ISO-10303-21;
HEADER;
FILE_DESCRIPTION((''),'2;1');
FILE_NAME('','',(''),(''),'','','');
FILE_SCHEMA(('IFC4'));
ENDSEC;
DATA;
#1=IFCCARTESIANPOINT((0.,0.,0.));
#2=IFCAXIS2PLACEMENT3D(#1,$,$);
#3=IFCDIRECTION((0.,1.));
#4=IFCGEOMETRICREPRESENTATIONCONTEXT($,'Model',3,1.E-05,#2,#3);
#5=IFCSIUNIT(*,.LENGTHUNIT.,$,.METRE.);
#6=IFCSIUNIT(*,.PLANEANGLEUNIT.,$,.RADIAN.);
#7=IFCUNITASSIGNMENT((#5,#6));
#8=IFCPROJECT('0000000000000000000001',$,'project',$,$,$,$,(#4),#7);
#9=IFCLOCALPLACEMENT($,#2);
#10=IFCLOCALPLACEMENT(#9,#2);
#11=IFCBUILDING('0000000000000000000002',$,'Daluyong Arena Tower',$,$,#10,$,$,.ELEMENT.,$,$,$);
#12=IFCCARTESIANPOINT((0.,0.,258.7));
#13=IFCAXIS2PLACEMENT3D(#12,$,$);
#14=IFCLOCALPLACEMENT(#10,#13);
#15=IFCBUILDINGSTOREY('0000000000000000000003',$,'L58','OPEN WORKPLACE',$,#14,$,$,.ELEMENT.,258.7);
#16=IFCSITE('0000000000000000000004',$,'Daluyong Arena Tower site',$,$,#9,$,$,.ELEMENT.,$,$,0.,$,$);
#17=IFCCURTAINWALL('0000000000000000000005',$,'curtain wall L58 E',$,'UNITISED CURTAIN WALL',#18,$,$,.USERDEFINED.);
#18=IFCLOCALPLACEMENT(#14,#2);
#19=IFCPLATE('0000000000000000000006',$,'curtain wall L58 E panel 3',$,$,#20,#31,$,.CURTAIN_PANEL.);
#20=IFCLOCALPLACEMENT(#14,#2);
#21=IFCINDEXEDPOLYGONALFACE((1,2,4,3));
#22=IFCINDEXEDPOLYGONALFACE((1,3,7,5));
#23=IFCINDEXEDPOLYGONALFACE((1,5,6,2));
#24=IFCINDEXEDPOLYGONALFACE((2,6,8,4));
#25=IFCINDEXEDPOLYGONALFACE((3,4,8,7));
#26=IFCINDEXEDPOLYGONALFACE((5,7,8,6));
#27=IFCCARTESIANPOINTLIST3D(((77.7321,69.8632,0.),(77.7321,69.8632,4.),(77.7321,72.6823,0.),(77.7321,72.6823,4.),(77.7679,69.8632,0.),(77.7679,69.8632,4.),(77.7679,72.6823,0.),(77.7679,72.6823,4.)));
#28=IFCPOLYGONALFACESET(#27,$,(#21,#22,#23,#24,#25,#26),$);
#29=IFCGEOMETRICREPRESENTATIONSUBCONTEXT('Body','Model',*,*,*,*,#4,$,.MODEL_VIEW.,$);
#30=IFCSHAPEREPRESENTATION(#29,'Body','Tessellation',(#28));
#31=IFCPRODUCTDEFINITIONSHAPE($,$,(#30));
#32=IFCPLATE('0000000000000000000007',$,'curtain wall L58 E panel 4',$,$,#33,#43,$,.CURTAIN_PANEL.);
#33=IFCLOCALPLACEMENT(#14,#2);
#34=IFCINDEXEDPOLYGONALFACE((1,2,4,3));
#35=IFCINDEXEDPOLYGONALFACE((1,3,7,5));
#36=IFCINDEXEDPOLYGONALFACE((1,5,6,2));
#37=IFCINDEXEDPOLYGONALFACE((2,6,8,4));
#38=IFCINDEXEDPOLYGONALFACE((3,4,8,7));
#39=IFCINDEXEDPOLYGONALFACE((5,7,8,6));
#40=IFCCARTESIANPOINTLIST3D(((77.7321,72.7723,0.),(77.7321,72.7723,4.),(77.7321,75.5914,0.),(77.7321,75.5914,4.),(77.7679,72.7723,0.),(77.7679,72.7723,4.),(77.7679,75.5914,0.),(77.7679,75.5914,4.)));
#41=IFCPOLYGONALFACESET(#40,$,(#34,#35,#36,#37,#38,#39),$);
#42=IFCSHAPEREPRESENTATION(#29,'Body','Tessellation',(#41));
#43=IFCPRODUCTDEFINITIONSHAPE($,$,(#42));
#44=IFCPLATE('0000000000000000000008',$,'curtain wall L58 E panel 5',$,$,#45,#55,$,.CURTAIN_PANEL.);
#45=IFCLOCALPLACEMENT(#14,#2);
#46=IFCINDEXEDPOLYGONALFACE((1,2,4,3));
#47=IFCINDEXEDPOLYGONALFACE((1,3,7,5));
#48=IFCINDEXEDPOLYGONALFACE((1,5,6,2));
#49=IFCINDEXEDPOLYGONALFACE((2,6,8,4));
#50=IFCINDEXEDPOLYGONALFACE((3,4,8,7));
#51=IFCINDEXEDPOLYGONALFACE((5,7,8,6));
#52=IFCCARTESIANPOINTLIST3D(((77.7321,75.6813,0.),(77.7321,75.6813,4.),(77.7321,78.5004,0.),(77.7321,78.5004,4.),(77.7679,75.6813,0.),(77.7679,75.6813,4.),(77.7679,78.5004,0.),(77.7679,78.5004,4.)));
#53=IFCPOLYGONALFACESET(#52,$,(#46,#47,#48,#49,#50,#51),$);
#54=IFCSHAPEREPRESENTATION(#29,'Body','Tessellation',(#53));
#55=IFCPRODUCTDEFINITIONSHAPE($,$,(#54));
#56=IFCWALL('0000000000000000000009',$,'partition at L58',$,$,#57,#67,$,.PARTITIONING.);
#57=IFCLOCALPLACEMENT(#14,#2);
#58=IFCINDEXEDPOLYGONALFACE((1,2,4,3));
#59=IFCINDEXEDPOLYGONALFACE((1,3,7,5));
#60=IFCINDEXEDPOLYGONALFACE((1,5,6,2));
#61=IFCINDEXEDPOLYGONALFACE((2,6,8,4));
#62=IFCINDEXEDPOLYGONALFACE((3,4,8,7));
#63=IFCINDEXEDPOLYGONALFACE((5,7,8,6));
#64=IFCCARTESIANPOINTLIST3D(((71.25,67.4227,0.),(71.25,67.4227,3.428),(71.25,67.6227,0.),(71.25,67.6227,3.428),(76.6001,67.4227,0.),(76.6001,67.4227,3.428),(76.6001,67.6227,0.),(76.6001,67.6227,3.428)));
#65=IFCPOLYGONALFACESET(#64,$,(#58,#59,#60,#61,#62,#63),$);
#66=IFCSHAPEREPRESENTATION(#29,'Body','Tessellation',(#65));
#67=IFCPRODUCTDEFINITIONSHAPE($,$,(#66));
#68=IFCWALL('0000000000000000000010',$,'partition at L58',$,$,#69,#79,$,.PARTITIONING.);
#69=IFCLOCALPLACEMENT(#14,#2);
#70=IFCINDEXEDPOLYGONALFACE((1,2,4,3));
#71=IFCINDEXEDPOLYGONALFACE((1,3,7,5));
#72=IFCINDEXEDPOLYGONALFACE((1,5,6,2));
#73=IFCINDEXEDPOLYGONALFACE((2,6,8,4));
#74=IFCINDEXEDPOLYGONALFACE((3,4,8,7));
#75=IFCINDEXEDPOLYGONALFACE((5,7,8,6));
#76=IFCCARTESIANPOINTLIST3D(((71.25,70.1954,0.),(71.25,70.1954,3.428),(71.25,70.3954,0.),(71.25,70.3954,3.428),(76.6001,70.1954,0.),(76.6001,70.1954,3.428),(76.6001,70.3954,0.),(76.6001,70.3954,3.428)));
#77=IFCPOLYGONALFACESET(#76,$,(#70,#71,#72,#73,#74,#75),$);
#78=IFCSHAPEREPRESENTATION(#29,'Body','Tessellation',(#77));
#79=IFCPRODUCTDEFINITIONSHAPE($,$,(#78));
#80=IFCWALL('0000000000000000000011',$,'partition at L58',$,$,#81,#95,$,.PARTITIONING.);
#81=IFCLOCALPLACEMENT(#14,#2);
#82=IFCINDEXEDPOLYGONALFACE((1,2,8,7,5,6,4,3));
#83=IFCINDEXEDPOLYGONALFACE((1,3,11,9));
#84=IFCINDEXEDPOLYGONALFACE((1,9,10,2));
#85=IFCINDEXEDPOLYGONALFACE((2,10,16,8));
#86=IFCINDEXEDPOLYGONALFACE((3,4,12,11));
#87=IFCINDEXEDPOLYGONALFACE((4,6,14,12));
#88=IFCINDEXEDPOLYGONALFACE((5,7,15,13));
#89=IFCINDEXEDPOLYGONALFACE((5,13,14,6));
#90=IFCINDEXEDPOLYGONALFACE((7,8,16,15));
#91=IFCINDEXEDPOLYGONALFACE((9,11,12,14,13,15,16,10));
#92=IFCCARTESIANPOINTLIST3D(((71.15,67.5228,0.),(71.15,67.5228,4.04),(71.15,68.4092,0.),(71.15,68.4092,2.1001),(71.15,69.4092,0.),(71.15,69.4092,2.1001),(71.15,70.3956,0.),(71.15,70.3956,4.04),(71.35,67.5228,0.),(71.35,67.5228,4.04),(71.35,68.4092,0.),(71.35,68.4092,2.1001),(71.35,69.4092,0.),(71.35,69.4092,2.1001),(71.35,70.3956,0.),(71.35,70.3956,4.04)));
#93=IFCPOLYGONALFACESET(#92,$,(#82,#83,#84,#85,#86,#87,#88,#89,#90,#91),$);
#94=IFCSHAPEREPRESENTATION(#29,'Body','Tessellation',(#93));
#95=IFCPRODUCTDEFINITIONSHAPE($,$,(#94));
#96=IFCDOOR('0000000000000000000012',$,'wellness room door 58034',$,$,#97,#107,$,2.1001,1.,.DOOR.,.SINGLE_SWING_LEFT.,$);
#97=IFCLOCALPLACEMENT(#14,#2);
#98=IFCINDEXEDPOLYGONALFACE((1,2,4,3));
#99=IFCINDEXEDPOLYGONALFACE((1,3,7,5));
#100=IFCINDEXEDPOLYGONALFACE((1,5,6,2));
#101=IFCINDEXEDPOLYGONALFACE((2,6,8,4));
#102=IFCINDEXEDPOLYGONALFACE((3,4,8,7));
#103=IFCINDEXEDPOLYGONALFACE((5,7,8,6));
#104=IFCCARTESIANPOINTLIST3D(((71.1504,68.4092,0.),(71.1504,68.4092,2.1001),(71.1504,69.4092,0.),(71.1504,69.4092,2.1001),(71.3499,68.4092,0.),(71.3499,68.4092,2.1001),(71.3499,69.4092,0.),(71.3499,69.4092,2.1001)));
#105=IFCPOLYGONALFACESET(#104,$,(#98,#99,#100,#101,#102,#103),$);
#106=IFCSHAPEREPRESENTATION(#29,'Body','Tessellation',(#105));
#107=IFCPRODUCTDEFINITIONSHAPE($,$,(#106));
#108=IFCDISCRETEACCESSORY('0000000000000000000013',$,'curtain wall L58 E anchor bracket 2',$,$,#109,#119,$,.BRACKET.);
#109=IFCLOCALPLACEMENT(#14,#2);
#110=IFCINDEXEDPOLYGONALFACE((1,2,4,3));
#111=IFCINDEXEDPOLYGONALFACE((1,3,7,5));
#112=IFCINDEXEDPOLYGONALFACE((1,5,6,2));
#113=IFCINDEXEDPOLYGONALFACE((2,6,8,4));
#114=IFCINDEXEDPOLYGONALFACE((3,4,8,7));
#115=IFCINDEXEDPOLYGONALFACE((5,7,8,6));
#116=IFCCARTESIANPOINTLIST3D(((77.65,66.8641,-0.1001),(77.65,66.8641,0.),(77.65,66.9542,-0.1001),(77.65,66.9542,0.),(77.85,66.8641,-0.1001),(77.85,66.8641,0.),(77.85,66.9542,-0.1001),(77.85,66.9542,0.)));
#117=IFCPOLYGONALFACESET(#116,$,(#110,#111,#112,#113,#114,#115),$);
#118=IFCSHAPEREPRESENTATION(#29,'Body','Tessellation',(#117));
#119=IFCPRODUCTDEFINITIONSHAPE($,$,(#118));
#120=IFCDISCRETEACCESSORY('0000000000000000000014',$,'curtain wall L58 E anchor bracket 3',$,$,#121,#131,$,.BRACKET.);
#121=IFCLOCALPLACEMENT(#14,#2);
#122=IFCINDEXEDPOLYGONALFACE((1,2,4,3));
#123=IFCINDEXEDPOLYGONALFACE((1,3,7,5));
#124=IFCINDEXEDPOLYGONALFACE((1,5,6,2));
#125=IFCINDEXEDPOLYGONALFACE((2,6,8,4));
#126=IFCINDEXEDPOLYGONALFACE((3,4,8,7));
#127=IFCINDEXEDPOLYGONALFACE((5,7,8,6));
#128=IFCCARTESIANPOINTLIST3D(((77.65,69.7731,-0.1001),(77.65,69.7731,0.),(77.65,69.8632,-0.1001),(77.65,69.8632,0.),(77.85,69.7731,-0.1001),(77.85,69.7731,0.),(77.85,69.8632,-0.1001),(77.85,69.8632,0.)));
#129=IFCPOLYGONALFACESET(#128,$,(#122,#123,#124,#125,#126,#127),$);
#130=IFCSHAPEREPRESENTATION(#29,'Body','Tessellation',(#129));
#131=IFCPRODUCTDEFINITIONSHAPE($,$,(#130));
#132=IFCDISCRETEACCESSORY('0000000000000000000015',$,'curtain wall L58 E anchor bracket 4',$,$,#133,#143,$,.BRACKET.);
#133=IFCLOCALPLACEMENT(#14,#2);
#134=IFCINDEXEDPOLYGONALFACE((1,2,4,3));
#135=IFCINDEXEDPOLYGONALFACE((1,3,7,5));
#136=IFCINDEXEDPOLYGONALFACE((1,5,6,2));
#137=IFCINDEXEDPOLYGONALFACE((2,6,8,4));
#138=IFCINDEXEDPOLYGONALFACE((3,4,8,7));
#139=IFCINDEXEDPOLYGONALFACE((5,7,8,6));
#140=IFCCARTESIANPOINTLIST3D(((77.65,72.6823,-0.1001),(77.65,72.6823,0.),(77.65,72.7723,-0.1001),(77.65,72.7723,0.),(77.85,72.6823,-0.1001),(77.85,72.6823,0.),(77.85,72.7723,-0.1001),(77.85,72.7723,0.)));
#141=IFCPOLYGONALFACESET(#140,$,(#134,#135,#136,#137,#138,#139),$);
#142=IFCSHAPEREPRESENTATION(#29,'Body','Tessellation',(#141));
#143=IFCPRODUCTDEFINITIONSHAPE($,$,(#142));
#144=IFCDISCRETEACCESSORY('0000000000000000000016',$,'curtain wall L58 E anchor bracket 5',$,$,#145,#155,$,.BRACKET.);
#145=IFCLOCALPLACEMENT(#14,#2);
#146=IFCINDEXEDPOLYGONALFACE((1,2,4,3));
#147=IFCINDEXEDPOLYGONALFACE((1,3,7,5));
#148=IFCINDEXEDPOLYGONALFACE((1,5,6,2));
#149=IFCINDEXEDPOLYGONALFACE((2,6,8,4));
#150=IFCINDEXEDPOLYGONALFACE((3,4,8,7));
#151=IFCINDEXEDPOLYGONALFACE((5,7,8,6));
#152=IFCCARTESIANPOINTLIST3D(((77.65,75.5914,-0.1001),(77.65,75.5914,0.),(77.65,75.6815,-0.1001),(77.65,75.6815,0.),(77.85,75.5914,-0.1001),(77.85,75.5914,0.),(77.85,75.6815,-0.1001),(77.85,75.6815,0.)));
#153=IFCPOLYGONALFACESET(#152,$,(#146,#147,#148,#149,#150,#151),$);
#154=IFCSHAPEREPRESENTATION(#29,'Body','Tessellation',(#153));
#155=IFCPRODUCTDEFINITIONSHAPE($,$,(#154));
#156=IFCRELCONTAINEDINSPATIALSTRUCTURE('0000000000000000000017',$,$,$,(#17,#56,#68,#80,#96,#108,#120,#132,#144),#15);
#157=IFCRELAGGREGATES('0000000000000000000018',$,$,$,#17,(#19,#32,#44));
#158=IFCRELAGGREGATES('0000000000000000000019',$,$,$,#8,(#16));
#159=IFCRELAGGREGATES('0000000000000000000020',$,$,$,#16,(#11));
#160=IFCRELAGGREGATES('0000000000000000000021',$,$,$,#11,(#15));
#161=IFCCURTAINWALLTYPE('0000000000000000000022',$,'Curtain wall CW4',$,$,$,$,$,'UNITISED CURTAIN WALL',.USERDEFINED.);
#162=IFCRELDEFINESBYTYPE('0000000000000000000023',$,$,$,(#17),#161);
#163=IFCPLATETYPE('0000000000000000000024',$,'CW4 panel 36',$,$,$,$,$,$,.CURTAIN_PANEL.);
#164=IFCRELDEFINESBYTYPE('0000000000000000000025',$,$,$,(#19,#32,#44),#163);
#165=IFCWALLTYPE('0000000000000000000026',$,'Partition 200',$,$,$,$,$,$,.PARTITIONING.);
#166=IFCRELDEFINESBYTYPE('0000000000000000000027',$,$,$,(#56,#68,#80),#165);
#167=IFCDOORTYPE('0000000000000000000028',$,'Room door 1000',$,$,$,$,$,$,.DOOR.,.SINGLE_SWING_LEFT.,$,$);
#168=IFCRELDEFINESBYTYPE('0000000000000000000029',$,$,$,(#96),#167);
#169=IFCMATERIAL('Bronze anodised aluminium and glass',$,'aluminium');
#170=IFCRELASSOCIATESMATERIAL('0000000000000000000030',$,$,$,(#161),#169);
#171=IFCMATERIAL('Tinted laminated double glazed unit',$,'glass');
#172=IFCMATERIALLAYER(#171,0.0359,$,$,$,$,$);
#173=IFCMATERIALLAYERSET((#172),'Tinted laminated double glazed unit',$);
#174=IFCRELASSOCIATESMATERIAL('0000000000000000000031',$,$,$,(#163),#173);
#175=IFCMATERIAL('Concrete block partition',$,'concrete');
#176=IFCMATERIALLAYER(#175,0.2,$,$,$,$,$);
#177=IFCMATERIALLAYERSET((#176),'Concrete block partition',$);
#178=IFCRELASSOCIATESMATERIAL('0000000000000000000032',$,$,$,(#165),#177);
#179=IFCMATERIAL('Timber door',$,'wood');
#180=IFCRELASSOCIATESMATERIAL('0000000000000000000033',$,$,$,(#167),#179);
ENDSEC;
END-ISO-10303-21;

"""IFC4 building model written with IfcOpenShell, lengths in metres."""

from ifc_helpers import new_model, si_unit, direction, frame, frame_2d, origin, origin_2d, place, context, subcontext, project, spatial, rectangle, extrude, material, layer, layer_set, type_object, element, fill, aggregate, save


model = new_model("IFC4")

# Units and contexts
model_context = context("Model", 3, precision=1e-05, world=origin(), true_north=direction((0.0, 1.0)))
body_context = subcontext(model_context, "Body", "Model", "MODEL_VIEW")
ifc_project = project(units=[si_unit("LENGTHUNIT", "METRE"), si_unit("PLANEANGLEUNIT", "RADIAN")], contexts=[model_context])

# Site, building, storey
site_placement = place(None, origin())
site = spatial("IfcSite", under=ifc_project, at=site_placement, Name="Daluyong Arena Tower site", CompositionType="ELEMENT", RefElevation=0.0)
building_placement = place(site_placement, origin())
building = spatial("IfcBuilding", under=site, at=building_placement, Name="Daluyong Arena Tower", CompositionType="ELEMENT")
storey_placement = place(building_placement, frame((0.0, 0.0, 258.7)))
storey = spatial("IfcBuildingStorey", under=building, at=storey_placement, Name="L58", Description="OPEN WORKPLACE", CompositionType="ELEMENT", Elevation=258.7)

# Curtain wall
ifc_material_1 = material(Name="Bronze anodised aluminium and glass", Category="aluminium")
curtain_wall_type = type_object("IfcCurtainWallType", Name="Curtain wall CW4", ElementType="UNITISED CURTAIN WALL", PredefinedType="USERDEFINED", material=ifc_material_1)
curtain_wall_placement = place(storey_placement, origin())
curtain_wall = element("IfcCurtainWall", 1, at=curtain_wall_placement, inside=storey, type_object=curtain_wall_type, Name="curtain wall L58 E", ObjectType="UNITISED CURTAIN WALL", PredefinedType="USERDEFINED")

# Plates
ifc_material_2 = material(Name="Tinted laminated double glazed unit", Category="glass")
ifc_layer_1 = layer(ifc_material_2, 0.0359)
ifc_layer_set_1 = layer_set([ifc_layer_1], Name="Tinted laminated double glazed unit")
plate_type = type_object("IfcPlateType", Name="CW4 panel 36", PredefinedType="CURTAIN_PANEL", material=ifc_layer_set_1)
plate_1_placement = place(storey_placement, frame((77.75, 71.2727, 0.0), z_axis=(0.0, 0.0, 1.0), x_axis=(0.0, 1.0, 0.0)))
plate_1 = element("IfcPlate", 2, at=plate_1_placement, type_object=plate_type, Name="curtain wall L58 E panel 3", PredefinedType="CURTAIN_PANEL", context=body_context, shape_type="SweptSolid", body=[
    extrude(rectangle(XDim=2.8191, YDim=0.0359, at=origin_2d()), origin(), (0.0, 0.0, 1.0), 4.0),
])
plate_2_placement = place(storey_placement, frame((77.75, 74.1819, 0.0), z_axis=(0.0, 0.0, 1.0), x_axis=(0.0, 1.0, 0.0)))
plate_2 = element("IfcPlate", 3, at=plate_2_placement, type_object=plate_type, Name="curtain wall L58 E panel 4", PredefinedType="CURTAIN_PANEL", context=body_context, shape_type="SweptSolid", body=[
    extrude(rectangle(XDim=2.8191, YDim=0.0359, at=origin_2d()), origin(), (0.0, 0.0, 1.0), 4.0),
])
plate_3_placement = place(storey_placement, frame((77.75, 77.0908, 0.0), z_axis=(0.0, 0.0, 1.0), x_axis=(0.0, 1.0, 0.0)))
plate_3 = element("IfcPlate", 4, at=plate_3_placement, type_object=plate_type, Name="curtain wall L58 E panel 5", PredefinedType="CURTAIN_PANEL", context=body_context, shape_type="SweptSolid", body=[
    extrude(rectangle(XDim=2.8191, YDim=0.0359, at=origin_2d()), origin(), (0.0, 0.0, 1.0), 4.0),
])
aggregate(curtain_wall, [plate_1, plate_2, plate_3])

# Walls
ifc_material_3 = material(Name="Concrete block partition", Category="concrete")
ifc_layer_2 = layer(ifc_material_3, 0.2)
ifc_layer_set_2 = layer_set([ifc_layer_2], Name="Concrete block partition")
wall_type_1 = type_object("IfcWallType", Name="Partition 200", PredefinedType="PARTITIONING", material=ifc_layer_set_2)
for number, where, z_axis, x_axis, name in (
    (5, (71.25, 67.5227, 0.0), (0.0, 0.0, 1.0), (1.0, 0.0, 0.0), "partition at L58"),
    (6, (71.25, 70.2954, 0.0), (0.0, 0.0, 1.0), (1.0, 0.0, 0.0), "partition at L58"),
):
    element("IfcWall", number, at=place(storey_placement, frame(where, z_axis=z_axis, x_axis=x_axis)), inside=storey, type_object=wall_type_1, Name=name, PredefinedType="PARTITIONING", context=body_context, shape_type="SweptSolid", body=[
        extrude(rectangle(XDim=5.3501, YDim=0.2, at=frame_2d((2.675, 0.0))), origin(), (0.0, 0.0, 1.0), 3.428),
    ])

# Wall, opening, door
wall_1_placement = place(storey_placement, frame((71.25, 67.5227, 0.0), z_axis=(0.0, 0.0, 1.0), x_axis=(0.0, 1.0, 0.0)))
wall_1 = element("IfcWall", 7, at=wall_1_placement, inside=storey, type_object=wall_type_1, Name="partition at L58", PredefinedType="PARTITIONING", context=body_context, shape_type="SweptSolid", body=[
    extrude(rectangle(XDim=2.8728, YDim=0.2, at=frame_2d((1.4365, 0.0))), origin(), (0.0, 0.0, 1.0), 4.04),
])
opening_1_placement = place(wall_1_placement, frame((0.8865, 0.0, 0.0)))
opening_1 = element("IfcOpeningElement", 8, at=opening_1_placement, cuts=wall_1, PredefinedType="OPENING", context=body_context, shape_type="SweptSolid", body=[
    extrude(rectangle(XDim=1.0, YDim=2.1001, at=frame_2d((0.5, 1.05))), frame((0.0, 0.1099, 0.0), z_axis=(0.0, -1.0, 0.0), x_axis=(1.0, 0.0, 0.0)), (0.0, 0.0, 1.0), 0.22),
])
ifc_material_4 = material(Name="Timber door", Category="wood")
door_type_1 = type_object("IfcDoorType", Name="Room door 1000", OperationType="SINGLE_SWING_LEFT", PredefinedType="DOOR", material=ifc_material_4)
door_1_placement = place(opening_1_placement, origin())
door_1 = element("IfcDoor", 9, at=door_1_placement, inside=storey, type_object=door_type_1, Name="wellness room door 58034", OperationType="SINGLE_SWING_LEFT", OverallHeight=2.1001, OverallWidth=1.0, PredefinedType="DOOR", context=body_context, shape_type="SweptSolid", body=[
    extrude(rectangle(XDim=1.0, YDim=2.1001, at=frame_2d((0.5, 1.05))), frame((0.0, 0.0996, 0.0), z_axis=(0.0, -1.0, 0.0), x_axis=(1.0, 0.0, 0.0)), (0.0, 0.0, 1.0), 0.1995),
])
fill(opening_1, door_1)

# Discrete accessories
for number, where, z_axis, x_axis, name in (
    (10, (77.75, 66.9092, -0.1001), (0.0, 0.0, 1.0), (0.0, 1.0, 0.0), "curtain wall L58 E anchor bracket 2"),
    (11, (77.75, 69.8181, -0.1001), (0.0, 0.0, 1.0), (0.0, 1.0, 0.0), "curtain wall L58 E anchor bracket 3"),
    (12, (77.75, 72.7273, -0.1001), (0.0, 0.0, 1.0), (0.0, 1.0, 0.0), "curtain wall L58 E anchor bracket 4"),
    (13, (77.75, 75.6365, -0.1001), (0.0, 0.0, 1.0), (0.0, 1.0, 0.0), "curtain wall L58 E anchor bracket 5"),
):
    element("IfcDiscreteAccessory", number, at=place(storey_placement, frame(where, z_axis=z_axis, x_axis=x_axis)), inside=storey, Name=name, PredefinedType="BRACKET", context=body_context, shape_type="SweptSolid", body=[
        extrude(rectangle(XDim=0.0901, YDim=0.2, at=origin_2d()), origin(), (0.0, 0.0, 1.0), 0.1001),
    ])

save(model, "model.ifc")
